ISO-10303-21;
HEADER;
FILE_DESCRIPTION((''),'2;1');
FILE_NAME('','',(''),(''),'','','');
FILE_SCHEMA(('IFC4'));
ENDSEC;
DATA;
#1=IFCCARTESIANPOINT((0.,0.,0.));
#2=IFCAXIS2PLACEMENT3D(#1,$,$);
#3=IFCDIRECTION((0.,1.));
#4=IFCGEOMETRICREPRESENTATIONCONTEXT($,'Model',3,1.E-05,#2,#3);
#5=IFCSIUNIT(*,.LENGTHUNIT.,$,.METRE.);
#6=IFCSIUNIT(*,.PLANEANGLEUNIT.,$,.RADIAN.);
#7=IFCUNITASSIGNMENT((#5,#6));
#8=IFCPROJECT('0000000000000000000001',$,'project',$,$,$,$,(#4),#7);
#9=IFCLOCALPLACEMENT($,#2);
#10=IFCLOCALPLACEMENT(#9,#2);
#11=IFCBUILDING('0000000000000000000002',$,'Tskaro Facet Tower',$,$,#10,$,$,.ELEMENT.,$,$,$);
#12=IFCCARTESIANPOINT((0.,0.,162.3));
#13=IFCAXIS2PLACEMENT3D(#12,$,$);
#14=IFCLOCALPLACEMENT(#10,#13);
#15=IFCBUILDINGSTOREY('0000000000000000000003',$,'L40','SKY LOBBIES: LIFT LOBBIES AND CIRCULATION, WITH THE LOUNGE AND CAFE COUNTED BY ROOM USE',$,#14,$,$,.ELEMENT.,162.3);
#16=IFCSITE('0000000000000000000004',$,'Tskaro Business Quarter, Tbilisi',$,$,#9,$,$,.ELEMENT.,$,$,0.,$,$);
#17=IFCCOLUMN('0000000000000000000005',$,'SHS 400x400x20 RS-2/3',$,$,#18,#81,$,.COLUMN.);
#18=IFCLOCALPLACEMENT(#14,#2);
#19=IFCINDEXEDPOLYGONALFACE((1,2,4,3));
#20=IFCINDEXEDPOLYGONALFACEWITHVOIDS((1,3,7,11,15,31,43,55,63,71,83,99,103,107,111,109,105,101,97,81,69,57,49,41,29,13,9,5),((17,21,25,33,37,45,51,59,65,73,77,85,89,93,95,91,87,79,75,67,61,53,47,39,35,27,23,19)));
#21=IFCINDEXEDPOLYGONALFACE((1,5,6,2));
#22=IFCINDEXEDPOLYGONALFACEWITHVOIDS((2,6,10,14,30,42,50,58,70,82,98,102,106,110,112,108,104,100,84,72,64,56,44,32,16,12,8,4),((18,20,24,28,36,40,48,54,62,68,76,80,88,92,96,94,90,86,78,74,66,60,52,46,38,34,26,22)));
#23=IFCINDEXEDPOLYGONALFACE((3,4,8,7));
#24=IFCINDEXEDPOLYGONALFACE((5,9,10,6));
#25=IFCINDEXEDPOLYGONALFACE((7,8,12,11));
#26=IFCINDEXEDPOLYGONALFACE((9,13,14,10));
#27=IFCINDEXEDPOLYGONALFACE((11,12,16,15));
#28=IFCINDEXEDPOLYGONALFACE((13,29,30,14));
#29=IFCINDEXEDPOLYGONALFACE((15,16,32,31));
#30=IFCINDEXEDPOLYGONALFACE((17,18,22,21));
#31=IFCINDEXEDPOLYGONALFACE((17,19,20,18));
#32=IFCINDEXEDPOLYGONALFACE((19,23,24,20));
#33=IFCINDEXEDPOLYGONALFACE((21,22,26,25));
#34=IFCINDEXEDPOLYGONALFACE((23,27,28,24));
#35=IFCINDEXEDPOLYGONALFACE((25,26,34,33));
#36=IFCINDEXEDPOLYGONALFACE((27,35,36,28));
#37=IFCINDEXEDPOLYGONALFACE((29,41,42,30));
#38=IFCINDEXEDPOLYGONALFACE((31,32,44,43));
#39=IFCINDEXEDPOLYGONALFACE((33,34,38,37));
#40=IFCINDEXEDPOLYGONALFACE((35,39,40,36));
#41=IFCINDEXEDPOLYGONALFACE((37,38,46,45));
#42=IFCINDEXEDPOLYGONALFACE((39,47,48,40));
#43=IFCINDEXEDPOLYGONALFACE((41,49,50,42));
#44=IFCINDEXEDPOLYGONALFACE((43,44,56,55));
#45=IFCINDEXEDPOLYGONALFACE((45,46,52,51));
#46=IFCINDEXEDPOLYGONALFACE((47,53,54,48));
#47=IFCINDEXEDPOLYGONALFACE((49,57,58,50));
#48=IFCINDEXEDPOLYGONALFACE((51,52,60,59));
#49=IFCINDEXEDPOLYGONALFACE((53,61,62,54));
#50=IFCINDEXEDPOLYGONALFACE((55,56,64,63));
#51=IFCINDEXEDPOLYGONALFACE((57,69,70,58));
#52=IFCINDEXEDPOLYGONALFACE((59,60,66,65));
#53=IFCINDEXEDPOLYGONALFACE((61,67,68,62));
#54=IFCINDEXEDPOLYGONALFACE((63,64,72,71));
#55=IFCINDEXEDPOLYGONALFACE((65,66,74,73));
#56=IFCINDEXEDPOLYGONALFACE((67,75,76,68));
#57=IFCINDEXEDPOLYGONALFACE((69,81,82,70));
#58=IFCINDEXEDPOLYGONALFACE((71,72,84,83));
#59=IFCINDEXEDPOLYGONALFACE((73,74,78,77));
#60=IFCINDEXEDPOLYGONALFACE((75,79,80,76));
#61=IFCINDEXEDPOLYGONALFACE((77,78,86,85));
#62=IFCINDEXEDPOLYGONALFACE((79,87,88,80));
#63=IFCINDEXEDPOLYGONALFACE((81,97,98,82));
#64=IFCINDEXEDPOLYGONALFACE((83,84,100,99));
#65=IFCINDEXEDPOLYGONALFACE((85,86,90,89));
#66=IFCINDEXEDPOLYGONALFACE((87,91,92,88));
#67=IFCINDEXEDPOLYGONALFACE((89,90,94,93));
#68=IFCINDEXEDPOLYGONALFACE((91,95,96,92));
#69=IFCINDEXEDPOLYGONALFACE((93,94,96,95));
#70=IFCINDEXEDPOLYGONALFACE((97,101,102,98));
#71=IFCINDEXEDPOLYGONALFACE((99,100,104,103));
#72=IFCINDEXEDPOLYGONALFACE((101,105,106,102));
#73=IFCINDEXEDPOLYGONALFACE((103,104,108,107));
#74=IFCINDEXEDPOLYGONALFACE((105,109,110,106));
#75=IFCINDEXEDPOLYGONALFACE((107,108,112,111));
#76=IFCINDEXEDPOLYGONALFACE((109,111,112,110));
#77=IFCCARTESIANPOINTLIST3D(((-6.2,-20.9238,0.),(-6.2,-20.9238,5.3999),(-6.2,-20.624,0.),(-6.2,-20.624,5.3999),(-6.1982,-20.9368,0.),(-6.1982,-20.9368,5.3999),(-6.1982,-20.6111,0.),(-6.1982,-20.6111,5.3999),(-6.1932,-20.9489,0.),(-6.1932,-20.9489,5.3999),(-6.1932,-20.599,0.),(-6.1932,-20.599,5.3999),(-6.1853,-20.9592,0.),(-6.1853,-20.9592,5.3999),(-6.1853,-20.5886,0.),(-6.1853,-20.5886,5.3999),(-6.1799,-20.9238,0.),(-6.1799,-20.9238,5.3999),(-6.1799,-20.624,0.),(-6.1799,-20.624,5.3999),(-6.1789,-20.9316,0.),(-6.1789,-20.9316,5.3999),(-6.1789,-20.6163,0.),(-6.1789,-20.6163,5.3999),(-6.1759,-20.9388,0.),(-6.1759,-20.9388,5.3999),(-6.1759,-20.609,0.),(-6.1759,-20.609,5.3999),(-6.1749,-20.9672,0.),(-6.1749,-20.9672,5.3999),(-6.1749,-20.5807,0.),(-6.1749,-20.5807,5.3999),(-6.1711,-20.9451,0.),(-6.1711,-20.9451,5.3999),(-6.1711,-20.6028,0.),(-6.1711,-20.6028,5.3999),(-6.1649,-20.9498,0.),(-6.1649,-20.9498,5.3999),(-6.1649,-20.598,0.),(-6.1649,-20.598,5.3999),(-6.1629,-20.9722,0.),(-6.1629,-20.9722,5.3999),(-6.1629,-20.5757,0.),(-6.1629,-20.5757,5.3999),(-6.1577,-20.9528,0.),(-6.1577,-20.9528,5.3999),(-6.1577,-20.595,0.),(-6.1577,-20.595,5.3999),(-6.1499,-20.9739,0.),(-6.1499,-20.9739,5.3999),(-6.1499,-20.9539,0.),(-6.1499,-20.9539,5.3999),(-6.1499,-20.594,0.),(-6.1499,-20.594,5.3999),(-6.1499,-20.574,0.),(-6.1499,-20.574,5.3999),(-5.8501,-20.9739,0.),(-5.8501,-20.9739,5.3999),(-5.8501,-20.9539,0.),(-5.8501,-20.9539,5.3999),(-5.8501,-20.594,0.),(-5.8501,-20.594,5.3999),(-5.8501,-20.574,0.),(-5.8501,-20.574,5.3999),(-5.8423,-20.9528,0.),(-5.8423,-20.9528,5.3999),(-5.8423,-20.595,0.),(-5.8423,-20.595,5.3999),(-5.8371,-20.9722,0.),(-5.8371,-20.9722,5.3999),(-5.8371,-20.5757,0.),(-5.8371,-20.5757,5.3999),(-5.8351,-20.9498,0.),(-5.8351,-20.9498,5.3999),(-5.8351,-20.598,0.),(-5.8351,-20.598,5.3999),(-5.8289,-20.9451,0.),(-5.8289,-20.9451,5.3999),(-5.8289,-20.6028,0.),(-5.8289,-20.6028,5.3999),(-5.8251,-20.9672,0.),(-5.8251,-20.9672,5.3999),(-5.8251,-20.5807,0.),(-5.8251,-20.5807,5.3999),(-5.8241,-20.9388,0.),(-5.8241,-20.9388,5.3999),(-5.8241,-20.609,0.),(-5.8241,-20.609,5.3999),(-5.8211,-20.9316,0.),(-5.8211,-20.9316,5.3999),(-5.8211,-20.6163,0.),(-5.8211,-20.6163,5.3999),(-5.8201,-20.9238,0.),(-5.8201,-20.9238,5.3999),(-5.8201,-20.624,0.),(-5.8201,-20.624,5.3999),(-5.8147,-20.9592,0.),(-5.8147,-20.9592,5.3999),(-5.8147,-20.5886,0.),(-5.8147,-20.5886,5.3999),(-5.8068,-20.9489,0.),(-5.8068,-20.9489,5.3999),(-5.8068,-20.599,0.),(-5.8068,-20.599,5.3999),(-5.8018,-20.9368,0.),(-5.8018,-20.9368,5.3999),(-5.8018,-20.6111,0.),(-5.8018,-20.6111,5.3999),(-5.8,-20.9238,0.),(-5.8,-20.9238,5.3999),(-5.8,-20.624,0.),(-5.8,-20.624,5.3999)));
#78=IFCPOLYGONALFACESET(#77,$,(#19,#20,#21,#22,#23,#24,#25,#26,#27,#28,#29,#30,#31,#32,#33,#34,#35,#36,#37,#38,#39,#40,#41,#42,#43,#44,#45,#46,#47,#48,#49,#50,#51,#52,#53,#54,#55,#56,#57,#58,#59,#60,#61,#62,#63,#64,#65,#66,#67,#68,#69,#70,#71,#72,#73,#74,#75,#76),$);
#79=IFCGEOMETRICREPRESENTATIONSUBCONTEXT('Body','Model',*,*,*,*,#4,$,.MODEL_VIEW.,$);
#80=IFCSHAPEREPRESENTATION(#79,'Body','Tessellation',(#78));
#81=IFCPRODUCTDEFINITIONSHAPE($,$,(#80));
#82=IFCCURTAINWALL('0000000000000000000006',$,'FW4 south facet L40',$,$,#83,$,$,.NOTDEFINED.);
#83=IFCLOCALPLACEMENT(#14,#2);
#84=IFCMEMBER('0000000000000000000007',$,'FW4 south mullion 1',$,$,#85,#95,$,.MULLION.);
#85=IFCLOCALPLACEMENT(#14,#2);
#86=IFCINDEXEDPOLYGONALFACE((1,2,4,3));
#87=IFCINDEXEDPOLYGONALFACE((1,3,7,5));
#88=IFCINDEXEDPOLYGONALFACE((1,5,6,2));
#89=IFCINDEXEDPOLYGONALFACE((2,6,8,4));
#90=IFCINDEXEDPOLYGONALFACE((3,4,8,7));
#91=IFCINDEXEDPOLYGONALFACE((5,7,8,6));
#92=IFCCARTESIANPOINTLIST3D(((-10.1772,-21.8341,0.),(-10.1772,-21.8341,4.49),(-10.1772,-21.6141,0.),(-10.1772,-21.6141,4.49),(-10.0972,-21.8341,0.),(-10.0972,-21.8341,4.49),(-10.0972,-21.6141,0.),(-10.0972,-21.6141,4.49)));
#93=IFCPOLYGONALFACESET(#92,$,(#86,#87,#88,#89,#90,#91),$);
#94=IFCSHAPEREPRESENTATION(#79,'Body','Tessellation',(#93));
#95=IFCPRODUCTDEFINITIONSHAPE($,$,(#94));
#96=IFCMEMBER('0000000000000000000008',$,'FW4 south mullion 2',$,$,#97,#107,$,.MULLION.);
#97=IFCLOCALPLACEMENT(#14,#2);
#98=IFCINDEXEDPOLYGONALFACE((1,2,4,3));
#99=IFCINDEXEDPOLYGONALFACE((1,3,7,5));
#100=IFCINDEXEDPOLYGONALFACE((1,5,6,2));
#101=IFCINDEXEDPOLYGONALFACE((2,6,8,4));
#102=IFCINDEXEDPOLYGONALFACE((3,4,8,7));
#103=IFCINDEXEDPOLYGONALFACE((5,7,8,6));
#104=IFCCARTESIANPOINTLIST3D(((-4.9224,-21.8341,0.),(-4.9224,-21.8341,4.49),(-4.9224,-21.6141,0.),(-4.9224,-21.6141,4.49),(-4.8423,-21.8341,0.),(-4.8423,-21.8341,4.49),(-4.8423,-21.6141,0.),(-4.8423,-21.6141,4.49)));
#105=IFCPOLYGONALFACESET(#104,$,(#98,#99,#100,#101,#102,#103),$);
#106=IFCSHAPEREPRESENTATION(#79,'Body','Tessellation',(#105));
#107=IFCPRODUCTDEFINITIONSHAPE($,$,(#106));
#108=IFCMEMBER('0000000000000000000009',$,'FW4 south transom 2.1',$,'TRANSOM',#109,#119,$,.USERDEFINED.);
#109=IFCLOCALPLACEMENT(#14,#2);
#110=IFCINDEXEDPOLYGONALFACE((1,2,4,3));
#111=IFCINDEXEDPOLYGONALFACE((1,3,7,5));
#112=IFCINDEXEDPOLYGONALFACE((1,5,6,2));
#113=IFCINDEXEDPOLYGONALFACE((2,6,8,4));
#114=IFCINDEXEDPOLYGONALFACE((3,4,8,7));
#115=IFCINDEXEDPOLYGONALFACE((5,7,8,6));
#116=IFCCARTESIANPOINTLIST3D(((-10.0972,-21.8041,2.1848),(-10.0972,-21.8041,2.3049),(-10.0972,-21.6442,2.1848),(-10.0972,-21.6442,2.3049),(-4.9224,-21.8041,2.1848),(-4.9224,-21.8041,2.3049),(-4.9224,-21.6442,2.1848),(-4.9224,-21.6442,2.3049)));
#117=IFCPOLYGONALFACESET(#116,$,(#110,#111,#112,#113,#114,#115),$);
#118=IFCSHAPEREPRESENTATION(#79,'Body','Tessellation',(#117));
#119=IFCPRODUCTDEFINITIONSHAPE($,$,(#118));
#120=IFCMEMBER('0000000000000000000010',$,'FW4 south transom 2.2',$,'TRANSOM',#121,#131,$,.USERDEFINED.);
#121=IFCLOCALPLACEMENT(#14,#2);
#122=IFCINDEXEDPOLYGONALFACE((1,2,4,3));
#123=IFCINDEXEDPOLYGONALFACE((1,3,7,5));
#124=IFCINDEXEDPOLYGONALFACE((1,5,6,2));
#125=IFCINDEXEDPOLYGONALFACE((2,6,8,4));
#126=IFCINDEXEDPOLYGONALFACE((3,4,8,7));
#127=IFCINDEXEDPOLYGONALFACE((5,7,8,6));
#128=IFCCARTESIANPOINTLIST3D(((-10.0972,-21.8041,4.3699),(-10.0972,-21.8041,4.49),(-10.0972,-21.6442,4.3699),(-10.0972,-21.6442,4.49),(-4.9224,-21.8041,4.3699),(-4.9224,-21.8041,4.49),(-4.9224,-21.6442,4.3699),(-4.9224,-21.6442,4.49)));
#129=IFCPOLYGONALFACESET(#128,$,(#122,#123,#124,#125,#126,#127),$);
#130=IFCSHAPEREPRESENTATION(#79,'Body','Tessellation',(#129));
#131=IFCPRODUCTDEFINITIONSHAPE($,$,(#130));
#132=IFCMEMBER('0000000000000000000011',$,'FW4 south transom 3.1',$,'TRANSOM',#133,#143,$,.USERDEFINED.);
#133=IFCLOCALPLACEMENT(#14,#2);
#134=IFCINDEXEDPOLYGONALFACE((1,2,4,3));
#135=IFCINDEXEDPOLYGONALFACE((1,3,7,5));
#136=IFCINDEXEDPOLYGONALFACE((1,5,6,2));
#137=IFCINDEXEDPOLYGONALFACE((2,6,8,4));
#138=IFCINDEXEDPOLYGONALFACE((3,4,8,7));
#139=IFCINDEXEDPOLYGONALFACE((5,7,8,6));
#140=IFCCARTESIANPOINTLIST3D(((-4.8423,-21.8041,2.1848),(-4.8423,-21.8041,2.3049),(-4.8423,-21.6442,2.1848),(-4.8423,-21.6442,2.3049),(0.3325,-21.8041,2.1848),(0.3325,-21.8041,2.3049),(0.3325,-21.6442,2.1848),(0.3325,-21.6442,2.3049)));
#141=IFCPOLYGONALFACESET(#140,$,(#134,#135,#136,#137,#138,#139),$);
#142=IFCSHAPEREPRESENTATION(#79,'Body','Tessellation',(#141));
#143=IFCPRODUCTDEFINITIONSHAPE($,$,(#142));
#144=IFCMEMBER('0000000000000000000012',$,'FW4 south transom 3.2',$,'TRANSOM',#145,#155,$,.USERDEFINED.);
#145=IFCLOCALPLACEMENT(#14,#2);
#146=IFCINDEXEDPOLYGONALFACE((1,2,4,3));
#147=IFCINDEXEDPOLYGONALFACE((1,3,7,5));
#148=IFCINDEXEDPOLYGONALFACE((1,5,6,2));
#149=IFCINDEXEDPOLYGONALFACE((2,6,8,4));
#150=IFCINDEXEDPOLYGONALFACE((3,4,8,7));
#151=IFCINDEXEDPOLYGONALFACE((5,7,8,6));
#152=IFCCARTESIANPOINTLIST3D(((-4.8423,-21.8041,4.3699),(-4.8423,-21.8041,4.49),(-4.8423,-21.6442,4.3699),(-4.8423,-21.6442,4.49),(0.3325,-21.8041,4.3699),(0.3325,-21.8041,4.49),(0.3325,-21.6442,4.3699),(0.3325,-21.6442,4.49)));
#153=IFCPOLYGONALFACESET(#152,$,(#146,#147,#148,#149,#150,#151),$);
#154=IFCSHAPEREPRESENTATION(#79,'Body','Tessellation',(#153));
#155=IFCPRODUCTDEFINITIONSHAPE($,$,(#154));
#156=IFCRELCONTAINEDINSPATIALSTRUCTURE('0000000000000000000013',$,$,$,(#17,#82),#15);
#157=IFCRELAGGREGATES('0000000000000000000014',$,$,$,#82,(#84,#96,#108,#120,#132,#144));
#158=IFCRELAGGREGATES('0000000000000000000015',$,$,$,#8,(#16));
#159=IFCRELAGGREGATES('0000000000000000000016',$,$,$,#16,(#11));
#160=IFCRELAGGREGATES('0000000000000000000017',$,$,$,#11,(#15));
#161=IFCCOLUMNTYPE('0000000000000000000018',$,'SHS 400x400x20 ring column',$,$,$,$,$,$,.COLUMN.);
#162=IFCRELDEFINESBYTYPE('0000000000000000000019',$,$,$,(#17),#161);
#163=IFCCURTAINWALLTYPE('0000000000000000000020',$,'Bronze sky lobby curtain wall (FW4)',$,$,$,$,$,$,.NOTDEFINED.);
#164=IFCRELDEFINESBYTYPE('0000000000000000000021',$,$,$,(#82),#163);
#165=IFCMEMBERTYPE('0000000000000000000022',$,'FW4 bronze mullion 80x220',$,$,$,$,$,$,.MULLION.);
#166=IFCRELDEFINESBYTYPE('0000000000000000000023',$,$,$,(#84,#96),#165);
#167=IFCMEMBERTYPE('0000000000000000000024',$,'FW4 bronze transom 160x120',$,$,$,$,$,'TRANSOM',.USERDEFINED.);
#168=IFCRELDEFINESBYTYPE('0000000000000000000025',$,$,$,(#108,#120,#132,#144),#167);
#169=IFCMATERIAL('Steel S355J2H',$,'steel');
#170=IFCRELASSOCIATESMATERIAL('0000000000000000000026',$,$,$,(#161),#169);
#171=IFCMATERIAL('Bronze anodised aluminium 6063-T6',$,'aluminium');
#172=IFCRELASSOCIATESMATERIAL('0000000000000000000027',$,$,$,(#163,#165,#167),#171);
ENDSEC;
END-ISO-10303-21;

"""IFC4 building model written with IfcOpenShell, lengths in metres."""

from ifc_helpers import new_model, si_unit, direction, frame, origin, origin_2d, place, context, subcontext, project, spatial, rectangle, hollow_rectangle, extrude, material, material_profile, profile_set, type_object, element, aggregate, save


model = new_model("IFC4")

# Units and contexts
model_context = context("Model", 3, precision=1e-05, world=origin(), true_north=direction((0.0, 1.0)))
body_context = subcontext(model_context, "Body", "Model", "MODEL_VIEW")
ifc_project = project(units=[si_unit("LENGTHUNIT", "METRE"), si_unit("PLANEANGLEUNIT", "RADIAN")], contexts=[model_context])

# Site, building, storey
site_placement = place(None, origin())
site = spatial("IfcSite", under=ifc_project, at=site_placement, Name="Tskaro Business Quarter, Tbilisi", CompositionType="ELEMENT", RefElevation=0.0)
building_placement = place(site_placement, origin())
building = spatial("IfcBuilding", under=site, at=building_placement, Name="Tskaro Facet Tower", CompositionType="ELEMENT")
storey_placement = place(building_placement, frame((0.0, 0.0, 162.3)))
storey = spatial("IfcBuildingStorey", under=building, at=storey_placement, Name="L40", Description="SKY LOBBIES: LIFT LOBBIES AND CIRCULATION, WITH THE LOUNGE AND CAFE COUNTED BY ROOM USE", CompositionType="ELEMENT", Elevation=162.3)

# Column
ifc_material_1 = material(Name="Steel S355J2H", Category="steel")
ifc_material_profile_1 = material_profile(ifc_material_1, hollow_rectangle(XDim=0.3999, YDim=0.3999, WallThickness=0.02, InnerFilletRadius=0.03, OuterFilletRadius=0.05, at=origin_2d()), Name="SHS 400x400x20")
ifc_profile_set_1 = profile_set([ifc_material_profile_1], Name="Steel S355J2H")
column_type = type_object("IfcColumnType", Name="SHS 400x400x20 ring column", PredefinedType="COLUMN", material=ifc_profile_set_1)
column_placement = place(storey_placement, frame((-6.0, -20.7739, 0.0), z_axis=(0.0, 0.0, 1.0), x_axis=(1.0, 0.0, 0.0)))
element("IfcColumn", 1, at=column_placement, inside=storey, type_object=column_type, Name="SHS 400x400x20 RS-2/3", PredefinedType="COLUMN", context=body_context, shape_type="SweptSolid", body=[
    extrude(hollow_rectangle(XDim=0.3999, YDim=0.3999, WallThickness=0.02, InnerFilletRadius=0.03, OuterFilletRadius=0.05, at=origin_2d()), origin(), (0.0, 0.0, 1.0), 5.3999),
])

# Curtain wall, members
ifc_material_2 = material(Name="Bronze anodised aluminium 6063-T6", Category="aluminium")
curtain_wall_type = type_object("IfcCurtainWallType", Name="Bronze sky lobby curtain wall (FW4)", PredefinedType="NOTDEFINED", material=ifc_material_2)
curtain_wall_placement = place(storey_placement, origin())
curtain_wall = element("IfcCurtainWall", 2, at=curtain_wall_placement, inside=storey, type_object=curtain_wall_type, Name="FW4 south facet L40", PredefinedType="NOTDEFINED")
ifc_material_profile_2 = material_profile(ifc_material_2, rectangle(XDim=0.0801, YDim=0.22, at=origin_2d()), Name="Mullion 80x220")
ifc_profile_set_2 = profile_set([ifc_material_profile_2], Name="Bronze anodised aluminium 6063-T6")
member_type_1 = type_object("IfcMemberType", Name="FW4 bronze mullion 80x220", PredefinedType="MULLION", material=ifc_profile_set_2)
member_1_placement = place(storey_placement, frame((-10.1372, -21.7241, 0.0), z_axis=(0.0, 0.0, 1.0), x_axis=(1.0, 0.0, 0.0)))
member_1 = element("IfcMember", 3, at=member_1_placement, type_object=member_type_1, Name="FW4 south mullion 1", PredefinedType="MULLION", context=body_context, shape_type="SweptSolid", body=[
    extrude(rectangle(XDim=0.0801, YDim=0.22, at=origin_2d()), origin(), (0.0, 0.0, 1.0), 4.49),
])
member_2_placement = place(storey_placement, frame((-4.8823, -21.7241, 0.0), z_axis=(0.0, 0.0, 1.0), x_axis=(1.0, 0.0, 0.0)))
member_2 = element("IfcMember", 4, at=member_2_placement, type_object=member_type_1, Name="FW4 south mullion 2", PredefinedType="MULLION", context=body_context, shape_type="SweptSolid", body=[
    extrude(rectangle(XDim=0.0801, YDim=0.22, at=origin_2d()), origin(), (0.0, 0.0, 1.0), 4.49),
])
ifc_material_profile_3 = material_profile(ifc_material_2, rectangle(XDim=0.1599, YDim=0.1201, at=origin_2d()), Name="Transom 160x120")
ifc_profile_set_3 = profile_set([ifc_material_profile_3], Name="Bronze anodised aluminium 6063-T6")
member_type_2 = type_object("IfcMemberType", Name="FW4 bronze transom 160x120", ElementType="TRANSOM", PredefinedType="USERDEFINED", material=ifc_profile_set_3)
member_3_placement = place(storey_placement, frame((-10.0972, -21.7241, 2.2449), z_axis=(1.0, 0.0, 0.0), x_axis=(0.0, 1.0, 0.0)))
member_3 = element("IfcMember", 5, at=member_3_placement, type_object=member_type_2, Name="FW4 south transom 2.1", ObjectType="TRANSOM", PredefinedType="USERDEFINED", context=body_context, shape_type="SweptSolid", body=[
    extrude(rectangle(XDim=0.1599, YDim=0.1201, at=origin_2d()), origin(), (0.0, 0.0, 1.0), 5.1748),
])
member_4_placement = place(storey_placement, frame((-10.0972, -21.7241, 4.4299), z_axis=(1.0, 0.0, 0.0), x_axis=(0.0, 1.0, 0.0)))
member_4 = element("IfcMember", 6, at=member_4_placement, type_object=member_type_2, Name="FW4 south transom 2.2", ObjectType="TRANSOM", PredefinedType="USERDEFINED", context=body_context, shape_type="SweptSolid", body=[
    extrude(rectangle(XDim=0.1599, YDim=0.1201, at=origin_2d()), origin(), (0.0, 0.0, 1.0), 5.1748),
])
member_5_placement = place(storey_placement, frame((-4.8423, -21.7241, 2.2449), z_axis=(1.0, 0.0, 0.0), x_axis=(0.0, 1.0, 0.0)))
member_5 = element("IfcMember", 7, at=member_5_placement, type_object=member_type_2, Name="FW4 south transom 3.1", ObjectType="TRANSOM", PredefinedType="USERDEFINED", context=body_context, shape_type="SweptSolid", body=[
    extrude(rectangle(XDim=0.1599, YDim=0.1201, at=origin_2d()), origin(), (0.0, 0.0, 1.0), 5.1748),
])
member_6_placement = place(storey_placement, frame((-4.8423, -21.7241, 4.4299), z_axis=(1.0, 0.0, 0.0), x_axis=(0.0, 1.0, 0.0)))
member_6 = element("IfcMember", 8, at=member_6_placement, type_object=member_type_2, Name="FW4 south transom 3.2", ObjectType="TRANSOM", PredefinedType="USERDEFINED", context=body_context, shape_type="SweptSolid", body=[
    extrude(rectangle(XDim=0.1599, YDim=0.1201, at=origin_2d()), origin(), (0.0, 0.0, 1.0), 5.1748),
])

aggregate(curtain_wall, [member_1, member_2, member_3, member_4, member_5, member_6])

save(model, "model.ifc")
